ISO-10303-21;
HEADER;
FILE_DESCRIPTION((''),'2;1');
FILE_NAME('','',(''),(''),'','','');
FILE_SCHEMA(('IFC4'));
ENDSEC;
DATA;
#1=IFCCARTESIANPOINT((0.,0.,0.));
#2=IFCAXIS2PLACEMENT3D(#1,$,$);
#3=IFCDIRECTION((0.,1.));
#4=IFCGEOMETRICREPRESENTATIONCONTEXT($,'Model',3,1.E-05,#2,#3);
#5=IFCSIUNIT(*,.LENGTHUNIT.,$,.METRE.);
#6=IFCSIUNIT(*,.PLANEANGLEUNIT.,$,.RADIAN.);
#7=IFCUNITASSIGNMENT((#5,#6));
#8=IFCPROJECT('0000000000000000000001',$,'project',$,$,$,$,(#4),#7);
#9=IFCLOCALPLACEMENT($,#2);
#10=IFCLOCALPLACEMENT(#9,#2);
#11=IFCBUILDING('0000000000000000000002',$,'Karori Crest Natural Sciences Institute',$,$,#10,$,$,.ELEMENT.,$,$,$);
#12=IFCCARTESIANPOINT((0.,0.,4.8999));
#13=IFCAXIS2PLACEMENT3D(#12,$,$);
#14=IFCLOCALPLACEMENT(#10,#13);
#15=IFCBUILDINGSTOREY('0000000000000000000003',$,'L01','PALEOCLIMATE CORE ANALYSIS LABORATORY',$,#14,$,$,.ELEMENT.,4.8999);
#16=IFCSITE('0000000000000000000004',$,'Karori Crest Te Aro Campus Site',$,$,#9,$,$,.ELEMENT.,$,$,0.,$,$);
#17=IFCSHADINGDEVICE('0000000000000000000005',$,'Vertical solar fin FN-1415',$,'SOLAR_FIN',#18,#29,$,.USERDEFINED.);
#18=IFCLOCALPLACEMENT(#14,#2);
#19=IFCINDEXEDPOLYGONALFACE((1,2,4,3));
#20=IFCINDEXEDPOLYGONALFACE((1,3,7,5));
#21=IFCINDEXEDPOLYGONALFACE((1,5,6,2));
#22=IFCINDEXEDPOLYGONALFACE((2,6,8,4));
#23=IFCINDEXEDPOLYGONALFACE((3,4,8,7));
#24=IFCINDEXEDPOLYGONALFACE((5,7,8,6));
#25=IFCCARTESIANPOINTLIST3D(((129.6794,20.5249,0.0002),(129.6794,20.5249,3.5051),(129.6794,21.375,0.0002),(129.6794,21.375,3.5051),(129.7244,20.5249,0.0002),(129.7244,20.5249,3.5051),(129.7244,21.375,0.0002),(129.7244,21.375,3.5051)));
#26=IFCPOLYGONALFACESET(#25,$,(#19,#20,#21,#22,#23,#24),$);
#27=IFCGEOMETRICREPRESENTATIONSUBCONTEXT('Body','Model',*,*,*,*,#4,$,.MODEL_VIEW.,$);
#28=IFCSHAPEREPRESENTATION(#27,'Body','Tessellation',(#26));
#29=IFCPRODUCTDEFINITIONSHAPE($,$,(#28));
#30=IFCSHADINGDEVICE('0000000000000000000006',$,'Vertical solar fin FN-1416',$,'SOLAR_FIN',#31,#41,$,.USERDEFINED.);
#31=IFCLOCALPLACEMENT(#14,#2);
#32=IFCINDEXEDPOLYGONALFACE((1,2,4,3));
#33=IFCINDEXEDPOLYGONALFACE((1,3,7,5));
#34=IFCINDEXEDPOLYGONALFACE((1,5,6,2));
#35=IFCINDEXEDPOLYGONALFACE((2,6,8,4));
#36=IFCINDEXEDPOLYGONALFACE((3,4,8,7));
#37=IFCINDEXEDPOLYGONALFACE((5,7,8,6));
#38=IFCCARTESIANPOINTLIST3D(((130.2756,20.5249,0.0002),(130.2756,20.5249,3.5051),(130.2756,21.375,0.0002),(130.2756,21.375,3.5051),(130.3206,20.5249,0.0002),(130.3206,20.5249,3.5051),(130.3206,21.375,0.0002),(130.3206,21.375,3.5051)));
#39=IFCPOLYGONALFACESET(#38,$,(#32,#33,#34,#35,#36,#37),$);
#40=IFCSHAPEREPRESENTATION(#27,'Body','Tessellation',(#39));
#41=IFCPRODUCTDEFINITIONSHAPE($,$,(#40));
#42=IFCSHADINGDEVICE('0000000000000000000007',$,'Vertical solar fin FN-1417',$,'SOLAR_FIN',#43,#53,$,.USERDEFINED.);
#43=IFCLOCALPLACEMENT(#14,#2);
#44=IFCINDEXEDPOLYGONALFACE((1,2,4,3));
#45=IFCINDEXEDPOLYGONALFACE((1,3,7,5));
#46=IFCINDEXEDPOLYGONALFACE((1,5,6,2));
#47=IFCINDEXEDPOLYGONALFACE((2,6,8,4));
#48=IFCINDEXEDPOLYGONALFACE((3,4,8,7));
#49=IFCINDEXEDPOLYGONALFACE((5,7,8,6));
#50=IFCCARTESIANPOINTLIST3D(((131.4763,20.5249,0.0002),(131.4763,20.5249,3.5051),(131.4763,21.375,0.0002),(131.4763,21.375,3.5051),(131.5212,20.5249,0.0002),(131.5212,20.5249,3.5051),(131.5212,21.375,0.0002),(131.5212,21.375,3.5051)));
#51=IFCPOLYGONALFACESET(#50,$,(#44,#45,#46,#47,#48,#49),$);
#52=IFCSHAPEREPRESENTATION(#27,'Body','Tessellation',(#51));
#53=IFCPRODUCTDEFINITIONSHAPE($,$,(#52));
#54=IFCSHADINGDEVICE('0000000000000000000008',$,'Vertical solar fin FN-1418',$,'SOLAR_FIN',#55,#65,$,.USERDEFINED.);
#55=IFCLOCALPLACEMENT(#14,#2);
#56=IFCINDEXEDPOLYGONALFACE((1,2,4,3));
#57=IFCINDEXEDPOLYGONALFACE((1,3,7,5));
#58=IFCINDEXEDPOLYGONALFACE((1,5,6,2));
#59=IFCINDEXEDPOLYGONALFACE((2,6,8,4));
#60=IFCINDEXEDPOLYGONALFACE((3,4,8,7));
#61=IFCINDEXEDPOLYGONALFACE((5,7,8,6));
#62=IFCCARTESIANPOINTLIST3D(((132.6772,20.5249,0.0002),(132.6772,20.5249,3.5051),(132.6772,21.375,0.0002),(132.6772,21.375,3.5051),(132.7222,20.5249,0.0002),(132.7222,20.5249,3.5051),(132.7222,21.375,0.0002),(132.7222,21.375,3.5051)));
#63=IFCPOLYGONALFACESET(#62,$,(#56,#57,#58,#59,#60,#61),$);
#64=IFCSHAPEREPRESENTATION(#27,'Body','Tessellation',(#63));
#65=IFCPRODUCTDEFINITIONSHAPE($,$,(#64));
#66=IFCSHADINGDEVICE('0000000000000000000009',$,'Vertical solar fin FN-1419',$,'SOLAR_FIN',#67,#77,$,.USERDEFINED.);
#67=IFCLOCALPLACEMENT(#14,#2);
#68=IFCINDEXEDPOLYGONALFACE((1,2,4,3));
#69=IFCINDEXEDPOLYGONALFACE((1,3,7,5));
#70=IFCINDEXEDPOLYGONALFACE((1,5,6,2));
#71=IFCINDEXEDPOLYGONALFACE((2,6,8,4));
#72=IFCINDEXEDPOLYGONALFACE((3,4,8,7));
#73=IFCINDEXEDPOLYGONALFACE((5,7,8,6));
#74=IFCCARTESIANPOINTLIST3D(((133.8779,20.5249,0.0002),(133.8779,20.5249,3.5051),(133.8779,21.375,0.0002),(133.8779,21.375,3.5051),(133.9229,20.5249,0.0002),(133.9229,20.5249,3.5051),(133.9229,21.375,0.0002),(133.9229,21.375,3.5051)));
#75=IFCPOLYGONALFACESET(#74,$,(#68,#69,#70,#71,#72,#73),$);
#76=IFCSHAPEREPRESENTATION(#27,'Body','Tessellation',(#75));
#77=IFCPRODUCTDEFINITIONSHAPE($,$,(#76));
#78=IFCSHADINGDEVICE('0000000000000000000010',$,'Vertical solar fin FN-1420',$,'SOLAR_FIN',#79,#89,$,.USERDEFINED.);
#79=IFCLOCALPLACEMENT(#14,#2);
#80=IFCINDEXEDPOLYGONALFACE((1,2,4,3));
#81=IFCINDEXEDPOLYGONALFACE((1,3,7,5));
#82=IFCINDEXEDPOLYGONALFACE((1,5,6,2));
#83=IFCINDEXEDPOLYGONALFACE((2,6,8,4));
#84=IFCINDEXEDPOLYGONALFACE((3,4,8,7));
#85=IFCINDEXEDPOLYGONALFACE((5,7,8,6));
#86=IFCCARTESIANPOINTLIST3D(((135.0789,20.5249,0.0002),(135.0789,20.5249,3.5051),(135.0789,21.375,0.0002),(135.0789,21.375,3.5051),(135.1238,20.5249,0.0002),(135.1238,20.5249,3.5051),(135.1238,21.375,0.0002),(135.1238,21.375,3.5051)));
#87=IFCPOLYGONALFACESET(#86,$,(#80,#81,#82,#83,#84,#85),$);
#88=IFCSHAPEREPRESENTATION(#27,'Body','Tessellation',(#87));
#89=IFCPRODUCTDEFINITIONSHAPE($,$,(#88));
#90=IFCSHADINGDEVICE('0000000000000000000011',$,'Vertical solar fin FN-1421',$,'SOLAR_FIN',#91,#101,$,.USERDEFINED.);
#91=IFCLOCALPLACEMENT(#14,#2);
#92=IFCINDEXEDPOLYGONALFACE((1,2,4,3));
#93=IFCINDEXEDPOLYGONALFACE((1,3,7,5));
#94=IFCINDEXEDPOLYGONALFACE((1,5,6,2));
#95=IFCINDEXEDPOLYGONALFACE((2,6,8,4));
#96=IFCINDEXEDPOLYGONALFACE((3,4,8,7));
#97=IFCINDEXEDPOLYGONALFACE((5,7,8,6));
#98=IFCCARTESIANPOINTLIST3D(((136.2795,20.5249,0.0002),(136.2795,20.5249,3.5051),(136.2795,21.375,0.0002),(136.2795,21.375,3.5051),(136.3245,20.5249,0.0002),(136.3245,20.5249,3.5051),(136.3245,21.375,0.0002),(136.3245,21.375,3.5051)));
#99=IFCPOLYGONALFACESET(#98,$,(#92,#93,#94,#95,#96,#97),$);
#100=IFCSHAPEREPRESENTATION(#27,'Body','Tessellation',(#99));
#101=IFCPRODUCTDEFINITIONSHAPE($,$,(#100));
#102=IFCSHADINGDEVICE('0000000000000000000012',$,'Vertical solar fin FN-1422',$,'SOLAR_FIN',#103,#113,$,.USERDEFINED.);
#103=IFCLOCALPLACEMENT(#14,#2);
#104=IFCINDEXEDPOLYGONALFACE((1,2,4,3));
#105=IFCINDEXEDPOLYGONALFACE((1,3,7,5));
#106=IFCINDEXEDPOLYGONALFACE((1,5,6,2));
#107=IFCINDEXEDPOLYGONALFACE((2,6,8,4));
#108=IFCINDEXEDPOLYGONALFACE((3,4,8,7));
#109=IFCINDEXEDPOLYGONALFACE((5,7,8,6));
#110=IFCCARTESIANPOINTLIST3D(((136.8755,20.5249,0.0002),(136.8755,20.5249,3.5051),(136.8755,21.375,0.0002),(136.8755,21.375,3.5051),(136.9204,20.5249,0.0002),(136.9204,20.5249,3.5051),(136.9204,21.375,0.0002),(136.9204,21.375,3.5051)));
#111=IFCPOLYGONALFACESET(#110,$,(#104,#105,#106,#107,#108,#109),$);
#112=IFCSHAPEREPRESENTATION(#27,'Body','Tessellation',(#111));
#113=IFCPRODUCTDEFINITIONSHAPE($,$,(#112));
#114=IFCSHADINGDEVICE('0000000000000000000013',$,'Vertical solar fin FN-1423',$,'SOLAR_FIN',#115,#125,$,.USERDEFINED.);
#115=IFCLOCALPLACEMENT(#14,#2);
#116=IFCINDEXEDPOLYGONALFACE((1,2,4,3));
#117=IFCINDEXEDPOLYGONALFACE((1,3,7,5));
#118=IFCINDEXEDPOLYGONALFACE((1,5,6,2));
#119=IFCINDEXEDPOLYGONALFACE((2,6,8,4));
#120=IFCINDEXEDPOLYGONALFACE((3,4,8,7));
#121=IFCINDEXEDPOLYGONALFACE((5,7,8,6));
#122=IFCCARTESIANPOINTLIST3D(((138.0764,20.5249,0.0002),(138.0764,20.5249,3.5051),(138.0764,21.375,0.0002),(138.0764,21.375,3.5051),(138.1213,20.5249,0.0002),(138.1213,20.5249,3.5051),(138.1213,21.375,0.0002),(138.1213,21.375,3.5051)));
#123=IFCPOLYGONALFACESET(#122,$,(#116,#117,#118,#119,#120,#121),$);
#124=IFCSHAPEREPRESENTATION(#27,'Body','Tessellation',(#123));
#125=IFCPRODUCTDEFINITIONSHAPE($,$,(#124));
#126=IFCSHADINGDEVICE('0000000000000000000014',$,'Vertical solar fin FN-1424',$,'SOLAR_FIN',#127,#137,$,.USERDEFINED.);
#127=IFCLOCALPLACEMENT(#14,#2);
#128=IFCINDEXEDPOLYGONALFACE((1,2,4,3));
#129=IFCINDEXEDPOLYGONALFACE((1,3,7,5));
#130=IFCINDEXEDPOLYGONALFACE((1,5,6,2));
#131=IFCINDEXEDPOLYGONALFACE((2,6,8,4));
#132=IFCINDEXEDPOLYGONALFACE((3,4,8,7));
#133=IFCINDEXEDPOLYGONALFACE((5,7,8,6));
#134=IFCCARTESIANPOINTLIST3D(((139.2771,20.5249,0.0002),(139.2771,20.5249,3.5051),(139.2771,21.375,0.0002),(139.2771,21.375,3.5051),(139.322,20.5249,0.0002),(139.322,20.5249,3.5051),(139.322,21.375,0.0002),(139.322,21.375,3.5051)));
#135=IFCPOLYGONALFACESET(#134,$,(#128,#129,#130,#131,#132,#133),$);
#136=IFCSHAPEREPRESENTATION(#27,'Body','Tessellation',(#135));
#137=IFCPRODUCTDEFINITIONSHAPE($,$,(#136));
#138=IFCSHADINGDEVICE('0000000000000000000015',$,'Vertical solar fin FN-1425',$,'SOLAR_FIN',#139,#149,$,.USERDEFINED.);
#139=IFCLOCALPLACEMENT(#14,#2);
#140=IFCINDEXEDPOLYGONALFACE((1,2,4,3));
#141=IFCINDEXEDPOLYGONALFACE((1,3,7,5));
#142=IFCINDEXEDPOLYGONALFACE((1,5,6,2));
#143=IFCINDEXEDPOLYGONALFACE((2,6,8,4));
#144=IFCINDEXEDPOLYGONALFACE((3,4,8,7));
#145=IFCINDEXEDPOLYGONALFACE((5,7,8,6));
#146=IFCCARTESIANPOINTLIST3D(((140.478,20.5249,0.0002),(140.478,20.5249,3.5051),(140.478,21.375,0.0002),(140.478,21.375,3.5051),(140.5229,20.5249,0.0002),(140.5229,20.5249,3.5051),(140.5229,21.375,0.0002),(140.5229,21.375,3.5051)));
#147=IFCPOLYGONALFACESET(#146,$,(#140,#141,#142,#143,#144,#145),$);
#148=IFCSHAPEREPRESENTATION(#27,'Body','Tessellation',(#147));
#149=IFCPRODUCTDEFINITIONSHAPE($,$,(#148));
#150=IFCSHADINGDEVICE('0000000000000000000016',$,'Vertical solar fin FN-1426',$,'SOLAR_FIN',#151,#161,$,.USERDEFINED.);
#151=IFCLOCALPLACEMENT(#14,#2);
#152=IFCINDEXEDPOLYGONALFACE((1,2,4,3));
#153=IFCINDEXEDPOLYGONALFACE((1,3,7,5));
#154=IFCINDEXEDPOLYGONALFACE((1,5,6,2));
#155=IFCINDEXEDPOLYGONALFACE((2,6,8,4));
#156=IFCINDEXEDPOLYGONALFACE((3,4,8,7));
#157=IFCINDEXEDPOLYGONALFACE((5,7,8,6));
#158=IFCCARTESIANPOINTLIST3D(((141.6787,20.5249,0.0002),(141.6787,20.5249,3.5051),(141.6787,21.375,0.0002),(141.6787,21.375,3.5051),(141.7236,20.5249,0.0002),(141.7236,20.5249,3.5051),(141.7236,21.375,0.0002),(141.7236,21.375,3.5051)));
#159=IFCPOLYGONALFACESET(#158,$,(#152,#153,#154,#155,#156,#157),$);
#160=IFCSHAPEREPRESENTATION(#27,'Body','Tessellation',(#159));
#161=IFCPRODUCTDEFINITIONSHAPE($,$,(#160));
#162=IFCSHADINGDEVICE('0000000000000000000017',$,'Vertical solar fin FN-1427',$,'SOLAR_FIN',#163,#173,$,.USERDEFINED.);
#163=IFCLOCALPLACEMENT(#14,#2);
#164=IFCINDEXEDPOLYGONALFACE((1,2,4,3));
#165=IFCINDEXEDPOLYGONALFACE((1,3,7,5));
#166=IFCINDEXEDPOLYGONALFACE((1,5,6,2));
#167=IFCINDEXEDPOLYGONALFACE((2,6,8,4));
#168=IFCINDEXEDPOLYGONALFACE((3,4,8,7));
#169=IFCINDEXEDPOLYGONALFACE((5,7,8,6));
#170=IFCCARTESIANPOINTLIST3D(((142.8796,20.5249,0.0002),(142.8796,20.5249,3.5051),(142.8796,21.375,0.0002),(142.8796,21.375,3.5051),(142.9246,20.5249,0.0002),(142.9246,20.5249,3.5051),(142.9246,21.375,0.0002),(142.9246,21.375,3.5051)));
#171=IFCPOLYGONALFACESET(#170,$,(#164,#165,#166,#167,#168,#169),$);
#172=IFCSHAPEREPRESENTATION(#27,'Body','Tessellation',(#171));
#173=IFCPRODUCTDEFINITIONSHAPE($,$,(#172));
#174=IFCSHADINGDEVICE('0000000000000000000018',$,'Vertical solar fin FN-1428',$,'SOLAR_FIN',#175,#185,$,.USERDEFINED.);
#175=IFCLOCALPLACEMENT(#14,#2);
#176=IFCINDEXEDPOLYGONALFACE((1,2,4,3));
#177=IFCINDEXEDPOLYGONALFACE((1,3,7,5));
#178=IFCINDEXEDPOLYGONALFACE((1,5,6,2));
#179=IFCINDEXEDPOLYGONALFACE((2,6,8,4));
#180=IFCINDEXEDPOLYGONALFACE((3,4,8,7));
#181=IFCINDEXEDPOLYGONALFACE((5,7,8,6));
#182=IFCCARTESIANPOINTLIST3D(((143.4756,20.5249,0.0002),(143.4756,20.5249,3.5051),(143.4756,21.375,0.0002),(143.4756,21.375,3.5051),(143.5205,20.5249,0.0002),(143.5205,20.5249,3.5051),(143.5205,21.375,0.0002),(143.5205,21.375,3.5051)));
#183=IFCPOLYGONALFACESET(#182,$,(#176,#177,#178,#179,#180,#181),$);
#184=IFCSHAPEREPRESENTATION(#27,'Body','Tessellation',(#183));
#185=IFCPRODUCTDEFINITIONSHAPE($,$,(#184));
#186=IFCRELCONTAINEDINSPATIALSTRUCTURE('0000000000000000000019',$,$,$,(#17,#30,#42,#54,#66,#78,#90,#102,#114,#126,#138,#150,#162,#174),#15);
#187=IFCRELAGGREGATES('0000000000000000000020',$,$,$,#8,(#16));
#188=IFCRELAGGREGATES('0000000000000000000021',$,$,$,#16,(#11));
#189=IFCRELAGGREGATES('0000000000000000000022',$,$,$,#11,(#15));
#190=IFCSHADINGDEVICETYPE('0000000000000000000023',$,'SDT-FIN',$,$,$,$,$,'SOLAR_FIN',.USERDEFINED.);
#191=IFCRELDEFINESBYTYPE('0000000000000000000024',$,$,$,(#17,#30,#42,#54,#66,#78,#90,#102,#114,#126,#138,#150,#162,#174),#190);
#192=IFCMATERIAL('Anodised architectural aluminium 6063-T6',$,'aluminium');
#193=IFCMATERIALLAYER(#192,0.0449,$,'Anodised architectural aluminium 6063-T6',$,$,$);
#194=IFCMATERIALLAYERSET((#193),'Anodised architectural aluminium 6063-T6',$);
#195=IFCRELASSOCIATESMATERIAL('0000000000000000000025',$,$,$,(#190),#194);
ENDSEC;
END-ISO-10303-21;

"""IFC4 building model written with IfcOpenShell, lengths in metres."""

from ifc_helpers import new_model, si_unit, direction, frame, origin, origin_2d, place, context, subcontext, project, spatial, rectangle, extrude, material, layer, layer_set, type_object, element, save


model = new_model("IFC4")

# Units and contexts
model_context = context("Model", 3, precision=1e-05, world=origin(), true_north=direction((0.0, 1.0)))
body_context = subcontext(model_context, "Body", "Model", "MODEL_VIEW")
ifc_project = project(units=[si_unit("LENGTHUNIT", "METRE"), si_unit("PLANEANGLEUNIT", "RADIAN")], contexts=[model_context])

# Site, building, storey
site_placement = place(None, origin())
site = spatial("IfcSite", under=ifc_project, at=site_placement, Name="Karori Crest Te Aro Campus Site", CompositionType="ELEMENT", RefElevation=0.0)
building_placement = place(site_placement, origin())
building = spatial("IfcBuilding", under=site, at=building_placement, Name="Karori Crest Natural Sciences Institute", CompositionType="ELEMENT")
storey_placement = place(building_placement, frame((0.0, 0.0, 4.8999)))
storey = spatial("IfcBuildingStorey", under=building, at=storey_placement, Name="L01", Description="PALEOCLIMATE CORE ANALYSIS LABORATORY", CompositionType="ELEMENT", Elevation=4.8999)

# Shading devices
ifc_material_1 = material(Name="Anodised architectural aluminium 6063-T6", Category="aluminium")
ifc_layer = layer(ifc_material_1, 0.0449, Name="Anodised architectural aluminium 6063-T6")
ifc_layer_set = layer_set([ifc_layer], Name="Anodised architectural aluminium 6063-T6")
shading_device_type = type_object("IfcShadingDeviceType", Name="SDT-FIN", ElementType="SOLAR_FIN", PredefinedType="USERDEFINED", material=ifc_layer_set)
for number, where, z_axis, x_axis, name in (
    (1, (129.7019, 20.95, 0.0002), (0.0, 0.0, 1.0), (0.0, 1.0, 0.0), "Vertical solar fin FN-1415"),
    (2, (130.2981, 20.95, 0.0002), (0.0, 0.0, 1.0), (0.0, 1.0, 0.0), "Vertical solar fin FN-1416"),
    (3, (131.4988, 20.95, 0.0002), (0.0, 0.0, 1.0), (0.0, 1.0, 0.0), "Vertical solar fin FN-1417"),
    (4, (132.6997, 20.95, 0.0002), (0.0, 0.0, 1.0), (0.0, 1.0, 0.0), "Vertical solar fin FN-1418"),
    (5, (133.9004, 20.95, 0.0002), (0.0, 0.0, 1.0), (0.0, 1.0, 0.0), "Vertical solar fin FN-1419"),
    (6, (135.1013, 20.95, 0.0002), (0.0, 0.0, 1.0), (0.0, 1.0, 0.0), "Vertical solar fin FN-1420"),
    (7, (136.302, 20.95, 0.0002), (0.0, 0.0, 1.0), (0.0, 1.0, 0.0), "Vertical solar fin FN-1421"),
    (8, (136.8979, 20.95, 0.0002), (0.0, 0.0, 1.0), (0.0, 1.0, 0.0), "Vertical solar fin FN-1422"),
    (9, (138.0989, 20.95, 0.0002), (0.0, 0.0, 1.0), (0.0, 1.0, 0.0), "Vertical solar fin FN-1423"),
    (10, (139.2996, 20.95, 0.0002), (0.0, 0.0, 1.0), (0.0, 1.0, 0.0), "Vertical solar fin FN-1424"),
    (11, (140.5005, 20.95, 0.0002), (0.0, 0.0, 1.0), (0.0, 1.0, 0.0), "Vertical solar fin FN-1425"),
    (12, (141.7012, 20.95, 0.0002), (0.0, 0.0, 1.0), (0.0, 1.0, 0.0), "Vertical solar fin FN-1426"),
    (13, (142.9021, 20.95, 0.0002), (0.0, 0.0, 1.0), (0.0, 1.0, 0.0), "Vertical solar fin FN-1427"),
    (14, (143.498, 20.95, 0.0002), (0.0, 0.0, 1.0), (0.0, 1.0, 0.0), "Vertical solar fin FN-1428"),
):
    element("IfcShadingDevice", number, at=place(storey_placement, frame(where, z_axis=z_axis, x_axis=x_axis)), inside=storey, type_object=shading_device_type, Name=name, ObjectType="SOLAR_FIN", PredefinedType="USERDEFINED", context=body_context, shape_type="SweptSolid", body=[
        extrude(rectangle(XDim=0.8501, YDim=0.0449, at=origin_2d()), origin(), (0.0, 0.0, 1.0), 3.5049),
    ])

save(model, "model.ifc")
